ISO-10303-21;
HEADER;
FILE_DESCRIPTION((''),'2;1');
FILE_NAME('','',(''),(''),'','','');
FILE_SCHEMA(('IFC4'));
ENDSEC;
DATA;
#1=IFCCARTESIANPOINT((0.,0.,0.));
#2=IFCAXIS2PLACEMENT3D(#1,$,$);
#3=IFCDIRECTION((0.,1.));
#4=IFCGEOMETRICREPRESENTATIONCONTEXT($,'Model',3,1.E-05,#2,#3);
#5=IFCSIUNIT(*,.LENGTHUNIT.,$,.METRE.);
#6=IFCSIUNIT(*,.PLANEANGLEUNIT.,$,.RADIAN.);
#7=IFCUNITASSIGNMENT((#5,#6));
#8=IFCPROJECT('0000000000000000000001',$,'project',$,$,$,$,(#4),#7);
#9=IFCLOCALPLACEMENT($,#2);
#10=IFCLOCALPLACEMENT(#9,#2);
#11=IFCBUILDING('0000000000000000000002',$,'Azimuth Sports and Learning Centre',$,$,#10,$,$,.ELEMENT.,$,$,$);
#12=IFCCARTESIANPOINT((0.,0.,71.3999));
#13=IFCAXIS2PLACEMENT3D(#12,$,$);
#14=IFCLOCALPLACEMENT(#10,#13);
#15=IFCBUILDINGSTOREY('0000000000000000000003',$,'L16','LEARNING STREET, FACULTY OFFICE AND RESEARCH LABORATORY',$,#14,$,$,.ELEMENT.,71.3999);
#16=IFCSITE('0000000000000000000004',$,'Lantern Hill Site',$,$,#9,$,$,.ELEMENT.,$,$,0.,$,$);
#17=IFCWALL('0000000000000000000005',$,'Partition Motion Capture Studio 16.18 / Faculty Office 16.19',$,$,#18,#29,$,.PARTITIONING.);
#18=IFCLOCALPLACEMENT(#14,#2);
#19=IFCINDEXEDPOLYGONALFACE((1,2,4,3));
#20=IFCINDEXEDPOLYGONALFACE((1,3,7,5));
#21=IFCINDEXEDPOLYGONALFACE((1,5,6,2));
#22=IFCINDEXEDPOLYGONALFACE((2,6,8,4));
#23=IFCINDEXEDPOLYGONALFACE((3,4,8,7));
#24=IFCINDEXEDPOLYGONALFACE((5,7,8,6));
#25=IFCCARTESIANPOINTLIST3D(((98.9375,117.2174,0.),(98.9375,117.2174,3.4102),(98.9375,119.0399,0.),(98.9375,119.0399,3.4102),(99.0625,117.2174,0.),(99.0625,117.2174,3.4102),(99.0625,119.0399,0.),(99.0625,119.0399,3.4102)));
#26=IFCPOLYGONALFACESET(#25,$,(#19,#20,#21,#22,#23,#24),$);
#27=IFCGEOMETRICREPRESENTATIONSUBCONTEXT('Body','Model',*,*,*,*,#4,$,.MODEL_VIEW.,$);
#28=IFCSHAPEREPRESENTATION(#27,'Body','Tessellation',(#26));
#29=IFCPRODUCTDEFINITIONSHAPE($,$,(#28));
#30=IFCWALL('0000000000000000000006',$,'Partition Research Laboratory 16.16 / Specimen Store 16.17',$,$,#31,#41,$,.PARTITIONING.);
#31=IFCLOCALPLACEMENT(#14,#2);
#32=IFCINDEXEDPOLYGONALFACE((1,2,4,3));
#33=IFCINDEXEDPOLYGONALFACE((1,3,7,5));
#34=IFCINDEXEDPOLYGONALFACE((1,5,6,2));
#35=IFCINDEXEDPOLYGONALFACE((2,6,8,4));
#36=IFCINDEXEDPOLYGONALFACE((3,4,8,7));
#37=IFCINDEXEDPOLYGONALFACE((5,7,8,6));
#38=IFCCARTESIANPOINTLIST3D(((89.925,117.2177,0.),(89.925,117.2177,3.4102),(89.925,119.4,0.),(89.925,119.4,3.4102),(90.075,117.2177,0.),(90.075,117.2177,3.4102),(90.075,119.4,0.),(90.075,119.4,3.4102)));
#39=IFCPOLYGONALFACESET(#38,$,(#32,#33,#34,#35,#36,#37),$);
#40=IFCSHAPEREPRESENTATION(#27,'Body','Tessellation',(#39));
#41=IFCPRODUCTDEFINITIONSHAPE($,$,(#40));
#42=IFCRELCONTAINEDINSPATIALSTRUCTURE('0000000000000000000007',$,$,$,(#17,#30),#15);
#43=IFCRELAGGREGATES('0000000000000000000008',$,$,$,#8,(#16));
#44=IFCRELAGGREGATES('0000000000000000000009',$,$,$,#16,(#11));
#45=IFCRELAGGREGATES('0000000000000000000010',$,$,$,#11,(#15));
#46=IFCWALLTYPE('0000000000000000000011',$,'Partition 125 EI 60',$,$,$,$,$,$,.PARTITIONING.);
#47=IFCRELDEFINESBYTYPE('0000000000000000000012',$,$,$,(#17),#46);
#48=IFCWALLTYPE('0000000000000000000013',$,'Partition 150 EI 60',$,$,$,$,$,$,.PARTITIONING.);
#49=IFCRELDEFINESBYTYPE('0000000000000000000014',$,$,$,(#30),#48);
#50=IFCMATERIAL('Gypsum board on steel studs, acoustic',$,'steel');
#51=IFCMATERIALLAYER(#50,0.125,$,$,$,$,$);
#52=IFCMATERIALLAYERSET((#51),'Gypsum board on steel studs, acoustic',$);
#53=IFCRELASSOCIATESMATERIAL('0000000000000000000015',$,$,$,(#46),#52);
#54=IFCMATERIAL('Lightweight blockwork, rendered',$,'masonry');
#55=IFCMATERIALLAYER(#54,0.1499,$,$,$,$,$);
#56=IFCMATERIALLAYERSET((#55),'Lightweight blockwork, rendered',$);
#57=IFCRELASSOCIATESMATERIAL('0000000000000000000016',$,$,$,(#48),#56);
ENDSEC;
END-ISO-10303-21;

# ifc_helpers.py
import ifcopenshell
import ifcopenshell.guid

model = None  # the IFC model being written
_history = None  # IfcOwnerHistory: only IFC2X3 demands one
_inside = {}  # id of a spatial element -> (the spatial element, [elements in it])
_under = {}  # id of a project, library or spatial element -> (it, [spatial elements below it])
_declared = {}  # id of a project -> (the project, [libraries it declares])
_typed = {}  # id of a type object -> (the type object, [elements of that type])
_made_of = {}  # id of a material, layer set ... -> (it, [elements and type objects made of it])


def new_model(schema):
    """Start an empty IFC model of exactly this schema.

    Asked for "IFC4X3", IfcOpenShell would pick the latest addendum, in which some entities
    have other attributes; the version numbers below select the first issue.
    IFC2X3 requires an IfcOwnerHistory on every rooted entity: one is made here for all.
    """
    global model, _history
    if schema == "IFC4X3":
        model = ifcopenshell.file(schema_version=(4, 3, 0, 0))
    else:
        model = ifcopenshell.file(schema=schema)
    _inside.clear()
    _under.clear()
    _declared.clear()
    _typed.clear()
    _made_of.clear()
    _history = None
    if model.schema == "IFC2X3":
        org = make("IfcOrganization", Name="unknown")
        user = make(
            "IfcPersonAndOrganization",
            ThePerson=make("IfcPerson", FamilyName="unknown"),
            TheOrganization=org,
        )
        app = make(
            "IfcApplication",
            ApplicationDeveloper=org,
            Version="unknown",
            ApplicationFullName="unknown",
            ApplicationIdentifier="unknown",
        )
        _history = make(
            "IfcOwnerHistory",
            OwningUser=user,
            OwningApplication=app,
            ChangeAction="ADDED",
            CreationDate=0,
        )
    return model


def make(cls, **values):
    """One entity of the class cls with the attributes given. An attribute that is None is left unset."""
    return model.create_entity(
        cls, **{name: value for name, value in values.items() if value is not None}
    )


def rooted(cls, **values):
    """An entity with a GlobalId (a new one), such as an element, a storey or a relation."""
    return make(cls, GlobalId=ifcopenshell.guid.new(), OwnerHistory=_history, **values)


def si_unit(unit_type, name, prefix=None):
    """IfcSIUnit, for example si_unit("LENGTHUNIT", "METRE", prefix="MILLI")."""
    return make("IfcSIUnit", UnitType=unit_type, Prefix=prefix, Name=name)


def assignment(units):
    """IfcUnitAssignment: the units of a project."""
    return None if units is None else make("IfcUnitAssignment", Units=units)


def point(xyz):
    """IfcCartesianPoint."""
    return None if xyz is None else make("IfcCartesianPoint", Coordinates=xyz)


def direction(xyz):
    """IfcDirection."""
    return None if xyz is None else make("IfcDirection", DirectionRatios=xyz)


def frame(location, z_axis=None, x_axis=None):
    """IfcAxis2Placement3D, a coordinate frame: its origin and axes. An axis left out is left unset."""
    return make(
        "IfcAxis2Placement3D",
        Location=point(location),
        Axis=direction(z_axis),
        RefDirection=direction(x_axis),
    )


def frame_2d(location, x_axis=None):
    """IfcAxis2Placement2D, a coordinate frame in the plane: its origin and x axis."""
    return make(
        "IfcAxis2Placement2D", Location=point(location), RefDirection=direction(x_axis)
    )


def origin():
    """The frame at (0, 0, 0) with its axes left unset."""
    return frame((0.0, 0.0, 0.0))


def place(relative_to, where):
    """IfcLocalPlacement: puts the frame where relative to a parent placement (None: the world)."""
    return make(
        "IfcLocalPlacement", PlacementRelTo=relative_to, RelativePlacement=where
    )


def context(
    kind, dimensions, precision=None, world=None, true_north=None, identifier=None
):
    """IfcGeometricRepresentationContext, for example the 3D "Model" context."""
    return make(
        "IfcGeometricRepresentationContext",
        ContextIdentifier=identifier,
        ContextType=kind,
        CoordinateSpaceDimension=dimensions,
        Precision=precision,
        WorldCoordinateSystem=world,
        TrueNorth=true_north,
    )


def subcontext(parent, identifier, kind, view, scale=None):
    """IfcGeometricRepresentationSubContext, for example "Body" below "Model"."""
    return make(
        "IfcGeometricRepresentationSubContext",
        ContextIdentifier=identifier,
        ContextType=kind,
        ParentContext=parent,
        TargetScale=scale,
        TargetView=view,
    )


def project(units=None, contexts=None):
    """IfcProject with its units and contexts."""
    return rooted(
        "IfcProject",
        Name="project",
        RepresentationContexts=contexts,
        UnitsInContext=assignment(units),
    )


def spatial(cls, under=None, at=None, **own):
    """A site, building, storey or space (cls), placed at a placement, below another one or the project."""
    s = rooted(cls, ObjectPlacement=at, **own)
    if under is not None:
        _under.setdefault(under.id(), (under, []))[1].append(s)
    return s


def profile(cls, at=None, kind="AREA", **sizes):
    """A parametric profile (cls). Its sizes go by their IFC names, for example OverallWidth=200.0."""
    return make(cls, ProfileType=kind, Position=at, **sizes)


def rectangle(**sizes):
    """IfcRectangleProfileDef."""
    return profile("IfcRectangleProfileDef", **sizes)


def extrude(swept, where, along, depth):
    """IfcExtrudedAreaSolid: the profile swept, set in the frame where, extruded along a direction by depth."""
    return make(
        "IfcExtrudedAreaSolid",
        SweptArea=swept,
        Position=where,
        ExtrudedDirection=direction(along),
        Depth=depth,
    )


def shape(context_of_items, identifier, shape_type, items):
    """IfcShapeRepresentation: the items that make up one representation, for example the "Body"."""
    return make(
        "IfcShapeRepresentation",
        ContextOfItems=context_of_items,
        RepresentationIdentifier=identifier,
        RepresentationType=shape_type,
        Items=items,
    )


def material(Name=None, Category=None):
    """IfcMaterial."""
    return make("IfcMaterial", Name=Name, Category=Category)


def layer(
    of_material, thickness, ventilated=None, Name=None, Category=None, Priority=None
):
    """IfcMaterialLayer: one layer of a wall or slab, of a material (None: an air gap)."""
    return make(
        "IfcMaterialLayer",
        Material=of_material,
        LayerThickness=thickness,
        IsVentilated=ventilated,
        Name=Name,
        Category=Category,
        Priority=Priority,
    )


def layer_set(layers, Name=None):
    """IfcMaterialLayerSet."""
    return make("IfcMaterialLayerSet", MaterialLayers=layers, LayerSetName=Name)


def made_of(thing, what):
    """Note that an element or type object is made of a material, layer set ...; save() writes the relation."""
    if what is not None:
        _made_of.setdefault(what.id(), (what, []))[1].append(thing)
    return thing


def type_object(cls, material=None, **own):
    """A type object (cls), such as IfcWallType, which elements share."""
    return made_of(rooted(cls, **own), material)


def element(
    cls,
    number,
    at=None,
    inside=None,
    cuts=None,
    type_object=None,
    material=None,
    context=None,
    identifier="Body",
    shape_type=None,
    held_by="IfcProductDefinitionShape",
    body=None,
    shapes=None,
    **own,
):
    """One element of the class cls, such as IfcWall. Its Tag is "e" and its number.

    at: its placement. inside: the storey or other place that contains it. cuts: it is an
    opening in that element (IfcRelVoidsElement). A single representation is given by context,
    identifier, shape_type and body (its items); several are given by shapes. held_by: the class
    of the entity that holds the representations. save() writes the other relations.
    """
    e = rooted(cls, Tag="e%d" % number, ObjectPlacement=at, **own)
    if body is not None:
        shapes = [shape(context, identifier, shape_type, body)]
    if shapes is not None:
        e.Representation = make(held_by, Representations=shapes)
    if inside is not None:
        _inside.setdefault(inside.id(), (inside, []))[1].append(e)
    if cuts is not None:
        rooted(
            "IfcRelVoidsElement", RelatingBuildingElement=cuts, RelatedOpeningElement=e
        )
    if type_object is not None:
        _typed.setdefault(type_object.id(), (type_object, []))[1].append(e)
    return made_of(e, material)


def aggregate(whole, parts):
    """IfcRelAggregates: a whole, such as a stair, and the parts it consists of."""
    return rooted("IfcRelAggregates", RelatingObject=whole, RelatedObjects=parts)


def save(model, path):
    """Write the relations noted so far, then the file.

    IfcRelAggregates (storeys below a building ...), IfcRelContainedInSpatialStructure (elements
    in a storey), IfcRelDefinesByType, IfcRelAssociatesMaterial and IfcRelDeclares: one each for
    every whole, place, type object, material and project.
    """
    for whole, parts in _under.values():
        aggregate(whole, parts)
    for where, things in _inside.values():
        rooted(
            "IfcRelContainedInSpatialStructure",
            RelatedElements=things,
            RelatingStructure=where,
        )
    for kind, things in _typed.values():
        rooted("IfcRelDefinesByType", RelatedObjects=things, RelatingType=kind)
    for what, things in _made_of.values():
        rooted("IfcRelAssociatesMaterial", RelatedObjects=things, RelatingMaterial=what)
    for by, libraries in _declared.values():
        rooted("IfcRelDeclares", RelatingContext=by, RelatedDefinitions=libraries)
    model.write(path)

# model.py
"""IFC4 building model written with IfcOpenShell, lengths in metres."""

from ifc_helpers import new_model, si_unit, direction, frame, frame_2d, origin, place, context, subcontext, project, spatial, rectangle, extrude, material, layer, layer_set, type_object, element, save


model = new_model("IFC4")

# Units and contexts
model_context = context("Model", 3, precision=1e-05, world=origin(), true_north=direction((0.0, 1.0)))
body_context = subcontext(model_context, "Body", "Model", "MODEL_VIEW")
ifc_project = project(units=[si_unit("LENGTHUNIT", "METRE"), si_unit("PLANEANGLEUNIT", "RADIAN")], contexts=[model_context])

# Site, building, storey
site_placement = place(None, origin())
site = spatial("IfcSite", under=ifc_project, at=site_placement, Name="Lantern Hill Site", CompositionType="ELEMENT", RefElevation=0.0)
building_placement = place(site_placement, origin())
building = spatial("IfcBuilding", under=site, at=building_placement, Name="Azimuth Sports and Learning Centre", CompositionType="ELEMENT")
storey_placement = place(building_placement, frame((0.0, 0.0, 71.3999)))
storey = spatial("IfcBuildingStorey", under=building, at=storey_placement, Name="L16", Description="LEARNING STREET, FACULTY OFFICE AND RESEARCH LABORATORY", CompositionType="ELEMENT", Elevation=71.3999)

# Walls
ifc_material_1 = material(Name="Gypsum board on steel studs, acoustic", Category="steel")
ifc_layer_1 = layer(ifc_material_1, 0.125)
ifc_layer_set_1 = layer_set([ifc_layer_1], Name="Gypsum board on steel studs, acoustic")
wall_type_1 = type_object("IfcWallType", Name="Partition 125 EI 60", PredefinedType="PARTITIONING", material=ifc_layer_set_1)
wall_1_placement = place(storey_placement, frame((99.0, 117.2175, 0.0), z_axis=(0.0, 0.0, 1.0), x_axis=(0.0, 1.0, 0.0)))
element("IfcWall", 1, at=wall_1_placement, inside=storey, type_object=wall_type_1, Name="Partition Motion Capture Studio 16.18 / Faculty Office 16.19", PredefinedType="PARTITIONING", context=body_context, shape_type="SweptSolid", body=[
    extrude(rectangle(XDim=1.8225, YDim=0.125, at=frame_2d((0.9111, 0.0))), origin(), (0.0, 0.0, 1.0), 3.4102),
])
ifc_material_2 = material(Name="Lightweight blockwork, rendered", Category="masonry")
ifc_layer_2 = layer(ifc_material_2, 0.1499)
ifc_layer_set_2 = layer_set([ifc_layer_2], Name="Lightweight blockwork, rendered")
wall_type_2 = type_object("IfcWallType", Name="Partition 150 EI 60", PredefinedType="PARTITIONING", material=ifc_layer_set_2)
wall_2_placement = place(storey_placement, frame((90.0, 117.2175, 0.0), z_axis=(0.0, 0.0, 1.0), x_axis=(0.0, 1.0, 0.0)))
element("IfcWall", 2, at=wall_2_placement, inside=storey, type_object=wall_type_2, Name="Partition Research Laboratory 16.16 / Specimen Store 16.17", PredefinedType="PARTITIONING", context=body_context, shape_type="SweptSolid", body=[
    extrude(rectangle(XDim=2.1824, YDim=0.1499, at=frame_2d((1.0913, 0.0))), origin(), (0.0, 0.0, 1.0), 3.4102),
])

save(model, "model.ifc")
